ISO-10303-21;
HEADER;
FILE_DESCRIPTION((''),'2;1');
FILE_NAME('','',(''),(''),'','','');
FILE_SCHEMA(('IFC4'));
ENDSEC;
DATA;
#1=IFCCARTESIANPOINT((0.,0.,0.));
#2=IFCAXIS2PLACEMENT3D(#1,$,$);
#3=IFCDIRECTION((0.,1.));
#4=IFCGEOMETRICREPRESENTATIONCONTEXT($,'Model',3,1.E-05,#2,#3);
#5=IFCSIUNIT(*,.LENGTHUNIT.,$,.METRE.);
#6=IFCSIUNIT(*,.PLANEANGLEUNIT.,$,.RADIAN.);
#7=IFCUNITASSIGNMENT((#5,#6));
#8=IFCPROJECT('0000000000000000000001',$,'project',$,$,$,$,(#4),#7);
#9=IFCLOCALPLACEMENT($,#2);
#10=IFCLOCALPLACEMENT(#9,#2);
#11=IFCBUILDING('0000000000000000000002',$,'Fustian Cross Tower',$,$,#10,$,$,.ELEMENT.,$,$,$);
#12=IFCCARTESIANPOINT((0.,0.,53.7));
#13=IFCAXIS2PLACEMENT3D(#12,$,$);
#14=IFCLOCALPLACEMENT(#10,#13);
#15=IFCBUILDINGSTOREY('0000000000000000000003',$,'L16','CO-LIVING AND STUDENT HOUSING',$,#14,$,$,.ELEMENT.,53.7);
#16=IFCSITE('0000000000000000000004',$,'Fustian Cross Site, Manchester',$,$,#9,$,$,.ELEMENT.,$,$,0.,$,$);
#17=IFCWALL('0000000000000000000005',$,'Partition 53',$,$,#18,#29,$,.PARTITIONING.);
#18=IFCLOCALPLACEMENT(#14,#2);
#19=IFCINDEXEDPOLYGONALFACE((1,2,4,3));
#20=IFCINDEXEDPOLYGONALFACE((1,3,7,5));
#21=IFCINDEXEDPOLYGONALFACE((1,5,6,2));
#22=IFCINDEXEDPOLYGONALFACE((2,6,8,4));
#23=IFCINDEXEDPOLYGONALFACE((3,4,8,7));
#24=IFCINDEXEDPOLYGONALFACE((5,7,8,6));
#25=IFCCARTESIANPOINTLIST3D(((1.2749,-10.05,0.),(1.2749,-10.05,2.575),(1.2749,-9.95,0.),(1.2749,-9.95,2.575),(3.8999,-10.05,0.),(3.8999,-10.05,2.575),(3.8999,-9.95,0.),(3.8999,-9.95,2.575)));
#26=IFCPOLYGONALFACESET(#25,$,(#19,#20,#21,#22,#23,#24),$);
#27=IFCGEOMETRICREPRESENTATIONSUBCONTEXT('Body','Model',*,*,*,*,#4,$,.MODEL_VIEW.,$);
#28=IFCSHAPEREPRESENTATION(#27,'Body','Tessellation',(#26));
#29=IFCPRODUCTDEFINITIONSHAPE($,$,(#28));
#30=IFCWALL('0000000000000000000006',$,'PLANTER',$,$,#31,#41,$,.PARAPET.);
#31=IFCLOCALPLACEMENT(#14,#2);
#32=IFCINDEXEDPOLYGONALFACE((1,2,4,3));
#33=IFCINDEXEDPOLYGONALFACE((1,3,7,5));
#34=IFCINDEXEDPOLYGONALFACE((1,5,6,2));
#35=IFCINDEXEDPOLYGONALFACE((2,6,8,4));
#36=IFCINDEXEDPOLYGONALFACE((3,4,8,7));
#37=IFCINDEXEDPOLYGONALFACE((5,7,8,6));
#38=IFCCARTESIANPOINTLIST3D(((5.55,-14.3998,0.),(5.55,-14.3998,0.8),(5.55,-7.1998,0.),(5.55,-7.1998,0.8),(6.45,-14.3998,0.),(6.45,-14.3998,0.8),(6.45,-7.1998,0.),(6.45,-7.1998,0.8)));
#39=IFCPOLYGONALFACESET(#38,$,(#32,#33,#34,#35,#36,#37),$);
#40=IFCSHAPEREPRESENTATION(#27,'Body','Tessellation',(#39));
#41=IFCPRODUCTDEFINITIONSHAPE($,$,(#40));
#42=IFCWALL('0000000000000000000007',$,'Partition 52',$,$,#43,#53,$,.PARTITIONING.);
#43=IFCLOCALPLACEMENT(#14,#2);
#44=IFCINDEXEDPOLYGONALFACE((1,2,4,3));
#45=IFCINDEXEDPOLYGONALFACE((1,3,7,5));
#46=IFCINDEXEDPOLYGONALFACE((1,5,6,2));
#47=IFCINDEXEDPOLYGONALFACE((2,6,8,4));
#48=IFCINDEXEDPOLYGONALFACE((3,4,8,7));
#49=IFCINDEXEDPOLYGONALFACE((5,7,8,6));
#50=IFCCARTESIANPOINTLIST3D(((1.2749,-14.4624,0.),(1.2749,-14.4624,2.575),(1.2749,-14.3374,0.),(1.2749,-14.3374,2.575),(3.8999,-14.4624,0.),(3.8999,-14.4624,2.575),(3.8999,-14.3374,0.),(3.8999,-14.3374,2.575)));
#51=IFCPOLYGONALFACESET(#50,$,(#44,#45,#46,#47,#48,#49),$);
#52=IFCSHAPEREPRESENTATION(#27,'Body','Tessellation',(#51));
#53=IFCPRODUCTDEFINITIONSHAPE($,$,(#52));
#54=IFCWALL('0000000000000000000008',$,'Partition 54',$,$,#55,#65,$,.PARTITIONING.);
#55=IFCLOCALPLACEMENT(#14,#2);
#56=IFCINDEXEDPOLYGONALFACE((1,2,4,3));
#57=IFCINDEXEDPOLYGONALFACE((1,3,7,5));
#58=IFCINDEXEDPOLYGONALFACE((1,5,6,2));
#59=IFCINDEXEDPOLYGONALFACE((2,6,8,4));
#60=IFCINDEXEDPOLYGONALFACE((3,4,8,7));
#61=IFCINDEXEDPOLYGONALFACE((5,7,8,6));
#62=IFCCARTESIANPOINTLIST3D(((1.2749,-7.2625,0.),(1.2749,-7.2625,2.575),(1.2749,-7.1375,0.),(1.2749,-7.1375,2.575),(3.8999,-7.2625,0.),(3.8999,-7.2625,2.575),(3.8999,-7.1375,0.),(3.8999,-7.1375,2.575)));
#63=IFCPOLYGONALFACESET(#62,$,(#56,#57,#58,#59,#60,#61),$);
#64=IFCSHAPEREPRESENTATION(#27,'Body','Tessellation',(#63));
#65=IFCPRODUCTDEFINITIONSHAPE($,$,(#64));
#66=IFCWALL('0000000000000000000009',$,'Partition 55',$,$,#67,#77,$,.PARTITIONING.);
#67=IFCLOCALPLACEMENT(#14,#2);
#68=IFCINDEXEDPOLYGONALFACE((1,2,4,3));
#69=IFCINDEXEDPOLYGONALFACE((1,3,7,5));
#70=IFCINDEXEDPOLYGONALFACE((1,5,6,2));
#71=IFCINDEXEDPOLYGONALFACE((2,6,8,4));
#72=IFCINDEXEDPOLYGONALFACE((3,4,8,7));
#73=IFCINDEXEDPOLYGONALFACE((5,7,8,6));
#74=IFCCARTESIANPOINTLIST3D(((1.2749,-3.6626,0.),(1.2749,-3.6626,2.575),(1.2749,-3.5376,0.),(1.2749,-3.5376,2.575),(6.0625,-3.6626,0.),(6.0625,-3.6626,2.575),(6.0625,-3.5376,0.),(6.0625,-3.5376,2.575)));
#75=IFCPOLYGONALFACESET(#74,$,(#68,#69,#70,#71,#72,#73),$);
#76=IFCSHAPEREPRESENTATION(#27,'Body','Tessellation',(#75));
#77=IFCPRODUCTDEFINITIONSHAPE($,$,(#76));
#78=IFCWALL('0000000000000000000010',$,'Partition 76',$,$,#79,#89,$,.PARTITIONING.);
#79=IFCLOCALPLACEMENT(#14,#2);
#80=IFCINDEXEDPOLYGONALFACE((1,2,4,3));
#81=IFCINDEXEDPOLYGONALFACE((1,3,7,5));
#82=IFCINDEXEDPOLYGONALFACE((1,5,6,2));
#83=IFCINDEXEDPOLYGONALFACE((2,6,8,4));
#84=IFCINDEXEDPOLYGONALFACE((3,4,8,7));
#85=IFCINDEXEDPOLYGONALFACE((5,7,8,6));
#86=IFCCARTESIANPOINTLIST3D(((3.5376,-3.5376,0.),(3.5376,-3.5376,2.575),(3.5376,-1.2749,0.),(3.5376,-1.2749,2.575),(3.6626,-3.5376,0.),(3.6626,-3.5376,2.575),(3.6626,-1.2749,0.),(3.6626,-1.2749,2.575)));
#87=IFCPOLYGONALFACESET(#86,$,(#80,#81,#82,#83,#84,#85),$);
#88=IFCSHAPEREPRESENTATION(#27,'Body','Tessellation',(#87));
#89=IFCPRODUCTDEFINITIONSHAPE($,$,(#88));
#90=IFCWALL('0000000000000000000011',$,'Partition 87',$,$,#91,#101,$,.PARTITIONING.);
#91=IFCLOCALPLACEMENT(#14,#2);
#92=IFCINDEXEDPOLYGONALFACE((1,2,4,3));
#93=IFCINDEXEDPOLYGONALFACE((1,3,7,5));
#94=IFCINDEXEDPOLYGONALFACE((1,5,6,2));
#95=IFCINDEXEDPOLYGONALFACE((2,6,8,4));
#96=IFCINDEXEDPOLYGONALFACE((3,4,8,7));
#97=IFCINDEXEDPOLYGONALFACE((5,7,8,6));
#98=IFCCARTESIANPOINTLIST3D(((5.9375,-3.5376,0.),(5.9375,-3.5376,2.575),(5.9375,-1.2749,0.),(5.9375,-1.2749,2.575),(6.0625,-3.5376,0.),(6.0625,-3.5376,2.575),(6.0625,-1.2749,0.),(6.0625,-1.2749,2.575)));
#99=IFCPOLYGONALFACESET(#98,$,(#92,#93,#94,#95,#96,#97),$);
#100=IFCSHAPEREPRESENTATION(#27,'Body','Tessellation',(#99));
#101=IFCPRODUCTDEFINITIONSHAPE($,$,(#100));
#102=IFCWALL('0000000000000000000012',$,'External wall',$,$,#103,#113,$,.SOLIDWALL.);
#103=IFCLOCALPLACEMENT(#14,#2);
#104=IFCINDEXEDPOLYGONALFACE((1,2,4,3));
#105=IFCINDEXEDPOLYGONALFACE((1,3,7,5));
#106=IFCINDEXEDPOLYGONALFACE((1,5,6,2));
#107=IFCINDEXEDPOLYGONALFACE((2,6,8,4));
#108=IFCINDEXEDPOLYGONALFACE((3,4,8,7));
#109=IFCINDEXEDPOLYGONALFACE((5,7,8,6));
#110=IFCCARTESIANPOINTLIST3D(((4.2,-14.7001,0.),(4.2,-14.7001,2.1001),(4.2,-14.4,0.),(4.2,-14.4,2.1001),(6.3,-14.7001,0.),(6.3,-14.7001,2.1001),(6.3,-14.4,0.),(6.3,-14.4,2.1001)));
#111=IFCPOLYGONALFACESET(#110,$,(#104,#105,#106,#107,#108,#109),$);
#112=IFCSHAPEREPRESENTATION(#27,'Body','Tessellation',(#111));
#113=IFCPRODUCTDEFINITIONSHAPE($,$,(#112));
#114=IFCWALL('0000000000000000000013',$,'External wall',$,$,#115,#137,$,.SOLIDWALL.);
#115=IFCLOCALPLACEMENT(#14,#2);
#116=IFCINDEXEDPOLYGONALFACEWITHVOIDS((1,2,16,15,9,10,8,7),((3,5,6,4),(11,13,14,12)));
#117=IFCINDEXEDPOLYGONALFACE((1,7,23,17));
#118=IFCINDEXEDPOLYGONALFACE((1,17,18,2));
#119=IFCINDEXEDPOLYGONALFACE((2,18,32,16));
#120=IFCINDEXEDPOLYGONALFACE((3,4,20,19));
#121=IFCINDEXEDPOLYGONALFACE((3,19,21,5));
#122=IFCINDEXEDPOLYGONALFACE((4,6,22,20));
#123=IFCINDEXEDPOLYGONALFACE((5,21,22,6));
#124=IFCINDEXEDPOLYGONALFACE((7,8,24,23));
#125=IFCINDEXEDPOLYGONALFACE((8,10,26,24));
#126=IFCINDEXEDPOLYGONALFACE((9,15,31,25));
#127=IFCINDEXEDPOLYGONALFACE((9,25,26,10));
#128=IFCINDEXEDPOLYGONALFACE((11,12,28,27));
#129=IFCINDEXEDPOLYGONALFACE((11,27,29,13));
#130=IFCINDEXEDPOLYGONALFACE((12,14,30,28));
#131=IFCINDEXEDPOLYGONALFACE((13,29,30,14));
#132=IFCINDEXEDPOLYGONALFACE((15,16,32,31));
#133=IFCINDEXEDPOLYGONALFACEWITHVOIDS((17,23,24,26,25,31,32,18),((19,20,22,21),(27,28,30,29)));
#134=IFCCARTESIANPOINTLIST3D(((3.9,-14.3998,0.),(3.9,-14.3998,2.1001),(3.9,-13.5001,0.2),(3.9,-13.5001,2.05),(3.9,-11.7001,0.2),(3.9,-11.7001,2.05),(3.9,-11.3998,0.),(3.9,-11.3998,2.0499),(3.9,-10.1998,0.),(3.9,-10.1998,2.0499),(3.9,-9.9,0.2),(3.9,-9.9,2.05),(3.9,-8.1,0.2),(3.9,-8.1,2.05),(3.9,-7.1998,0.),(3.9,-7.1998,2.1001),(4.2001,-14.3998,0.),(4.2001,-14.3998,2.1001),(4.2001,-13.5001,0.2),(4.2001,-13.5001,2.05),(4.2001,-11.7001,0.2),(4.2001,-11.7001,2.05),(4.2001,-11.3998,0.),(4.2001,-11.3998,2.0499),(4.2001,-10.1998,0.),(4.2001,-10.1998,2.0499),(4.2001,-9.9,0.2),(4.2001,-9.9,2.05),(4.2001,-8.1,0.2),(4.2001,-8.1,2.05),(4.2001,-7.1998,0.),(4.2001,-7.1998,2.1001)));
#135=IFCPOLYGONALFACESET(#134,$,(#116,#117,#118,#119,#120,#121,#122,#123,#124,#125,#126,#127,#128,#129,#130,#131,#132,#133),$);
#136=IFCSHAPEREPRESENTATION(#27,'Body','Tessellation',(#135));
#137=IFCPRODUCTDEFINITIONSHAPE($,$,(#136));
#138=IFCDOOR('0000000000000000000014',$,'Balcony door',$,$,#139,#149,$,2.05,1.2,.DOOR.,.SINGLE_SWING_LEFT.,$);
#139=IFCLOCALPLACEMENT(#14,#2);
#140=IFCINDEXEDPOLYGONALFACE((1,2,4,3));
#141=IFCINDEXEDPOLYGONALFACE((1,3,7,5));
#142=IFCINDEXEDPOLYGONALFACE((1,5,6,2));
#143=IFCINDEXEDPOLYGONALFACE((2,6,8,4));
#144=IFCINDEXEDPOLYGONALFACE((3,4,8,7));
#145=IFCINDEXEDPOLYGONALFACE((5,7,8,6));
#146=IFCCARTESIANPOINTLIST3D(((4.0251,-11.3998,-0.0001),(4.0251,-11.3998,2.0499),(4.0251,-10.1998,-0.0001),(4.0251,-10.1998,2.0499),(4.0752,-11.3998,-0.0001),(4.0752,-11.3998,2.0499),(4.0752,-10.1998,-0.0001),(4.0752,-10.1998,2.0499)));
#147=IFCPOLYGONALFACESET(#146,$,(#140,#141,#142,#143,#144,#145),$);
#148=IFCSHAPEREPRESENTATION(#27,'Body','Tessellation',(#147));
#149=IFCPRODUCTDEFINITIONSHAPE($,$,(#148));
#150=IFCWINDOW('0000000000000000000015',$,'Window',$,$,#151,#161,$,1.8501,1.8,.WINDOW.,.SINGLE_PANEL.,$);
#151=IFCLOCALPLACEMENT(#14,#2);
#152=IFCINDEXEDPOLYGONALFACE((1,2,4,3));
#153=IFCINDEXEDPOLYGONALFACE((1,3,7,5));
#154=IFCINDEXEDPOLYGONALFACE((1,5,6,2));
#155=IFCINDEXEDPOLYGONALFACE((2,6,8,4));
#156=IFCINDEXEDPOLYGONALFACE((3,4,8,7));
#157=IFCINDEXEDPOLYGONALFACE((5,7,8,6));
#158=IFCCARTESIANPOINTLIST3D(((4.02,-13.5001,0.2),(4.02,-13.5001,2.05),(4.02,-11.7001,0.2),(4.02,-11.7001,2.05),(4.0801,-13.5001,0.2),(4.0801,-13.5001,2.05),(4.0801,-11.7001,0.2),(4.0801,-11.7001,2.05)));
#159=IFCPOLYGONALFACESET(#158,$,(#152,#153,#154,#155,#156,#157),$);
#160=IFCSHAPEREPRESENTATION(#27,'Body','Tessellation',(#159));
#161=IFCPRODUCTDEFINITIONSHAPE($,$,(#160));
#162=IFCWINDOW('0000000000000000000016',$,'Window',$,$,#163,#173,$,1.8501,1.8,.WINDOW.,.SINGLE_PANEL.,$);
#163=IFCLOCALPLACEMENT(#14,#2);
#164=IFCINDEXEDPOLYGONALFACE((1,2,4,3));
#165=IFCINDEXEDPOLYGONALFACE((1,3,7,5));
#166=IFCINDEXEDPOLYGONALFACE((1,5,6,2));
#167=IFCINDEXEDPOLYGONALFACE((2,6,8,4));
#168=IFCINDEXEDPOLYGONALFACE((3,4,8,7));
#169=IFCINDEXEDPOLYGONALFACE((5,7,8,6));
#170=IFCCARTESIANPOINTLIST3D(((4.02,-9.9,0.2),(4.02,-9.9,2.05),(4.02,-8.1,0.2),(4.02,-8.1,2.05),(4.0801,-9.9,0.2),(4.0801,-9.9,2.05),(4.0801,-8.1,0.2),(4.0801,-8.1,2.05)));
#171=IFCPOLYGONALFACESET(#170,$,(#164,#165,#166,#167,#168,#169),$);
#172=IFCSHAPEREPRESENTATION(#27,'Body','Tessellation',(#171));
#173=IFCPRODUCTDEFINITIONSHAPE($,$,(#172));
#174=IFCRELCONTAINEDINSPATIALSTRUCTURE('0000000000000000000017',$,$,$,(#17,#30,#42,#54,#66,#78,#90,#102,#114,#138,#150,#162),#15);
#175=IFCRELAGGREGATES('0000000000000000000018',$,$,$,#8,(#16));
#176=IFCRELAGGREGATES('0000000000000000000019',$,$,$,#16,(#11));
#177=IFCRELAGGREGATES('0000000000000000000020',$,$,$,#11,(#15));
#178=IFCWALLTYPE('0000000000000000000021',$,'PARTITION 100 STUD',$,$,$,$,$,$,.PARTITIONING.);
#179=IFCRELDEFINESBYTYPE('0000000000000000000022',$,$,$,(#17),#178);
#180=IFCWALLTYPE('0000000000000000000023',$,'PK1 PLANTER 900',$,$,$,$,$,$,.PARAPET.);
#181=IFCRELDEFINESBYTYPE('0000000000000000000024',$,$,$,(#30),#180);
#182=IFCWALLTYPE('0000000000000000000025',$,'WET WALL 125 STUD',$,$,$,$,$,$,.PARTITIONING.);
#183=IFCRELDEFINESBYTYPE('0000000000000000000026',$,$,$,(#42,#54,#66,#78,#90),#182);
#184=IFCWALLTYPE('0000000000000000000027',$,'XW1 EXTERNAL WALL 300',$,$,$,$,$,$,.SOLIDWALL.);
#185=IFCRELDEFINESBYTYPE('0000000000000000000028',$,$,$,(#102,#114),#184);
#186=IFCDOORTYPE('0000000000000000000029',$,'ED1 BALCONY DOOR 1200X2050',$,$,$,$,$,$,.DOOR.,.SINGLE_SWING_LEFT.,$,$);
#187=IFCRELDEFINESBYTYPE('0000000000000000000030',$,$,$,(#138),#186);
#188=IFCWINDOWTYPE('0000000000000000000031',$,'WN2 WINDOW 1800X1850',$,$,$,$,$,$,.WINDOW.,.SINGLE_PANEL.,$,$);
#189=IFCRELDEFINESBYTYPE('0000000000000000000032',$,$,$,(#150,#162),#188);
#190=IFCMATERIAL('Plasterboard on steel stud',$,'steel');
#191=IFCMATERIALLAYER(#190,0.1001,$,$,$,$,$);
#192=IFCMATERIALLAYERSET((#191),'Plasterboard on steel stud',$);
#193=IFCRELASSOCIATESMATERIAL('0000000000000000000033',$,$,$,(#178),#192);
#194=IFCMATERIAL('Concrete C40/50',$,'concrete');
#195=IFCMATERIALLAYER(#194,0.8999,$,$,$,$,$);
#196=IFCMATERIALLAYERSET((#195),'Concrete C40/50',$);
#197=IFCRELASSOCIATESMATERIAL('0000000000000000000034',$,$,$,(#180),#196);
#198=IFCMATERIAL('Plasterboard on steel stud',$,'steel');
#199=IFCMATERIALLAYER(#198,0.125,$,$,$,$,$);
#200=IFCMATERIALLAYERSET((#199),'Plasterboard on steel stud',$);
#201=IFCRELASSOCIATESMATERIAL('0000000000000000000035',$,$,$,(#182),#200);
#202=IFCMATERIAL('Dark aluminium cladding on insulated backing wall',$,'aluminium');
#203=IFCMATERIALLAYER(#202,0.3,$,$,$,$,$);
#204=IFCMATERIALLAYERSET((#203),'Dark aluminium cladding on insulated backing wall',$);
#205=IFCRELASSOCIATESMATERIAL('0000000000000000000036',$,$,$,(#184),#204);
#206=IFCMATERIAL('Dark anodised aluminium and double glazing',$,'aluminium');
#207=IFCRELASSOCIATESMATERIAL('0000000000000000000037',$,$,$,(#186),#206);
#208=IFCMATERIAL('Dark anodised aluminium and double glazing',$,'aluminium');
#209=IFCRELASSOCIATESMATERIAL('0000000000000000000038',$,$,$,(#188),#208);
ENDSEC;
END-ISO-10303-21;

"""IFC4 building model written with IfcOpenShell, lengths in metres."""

from ifc_helpers import new_model, si_unit, direction, frame, frame_2d, origin, place, context, subcontext, project, spatial, rectangle, extrude, material, layer, layer_set, type_object, element, fill, save


model = new_model("IFC4")

# Units and contexts
model_context = context("Model", 3, precision=1e-05, world=origin(), true_north=direction((0.0, 1.0)))
body_context = subcontext(model_context, "Body", "Model", "MODEL_VIEW")
ifc_project = project(units=[si_unit("LENGTHUNIT", "METRE"), si_unit("PLANEANGLEUNIT", "RADIAN")], contexts=[model_context])

# Site, building, storey
site_placement = place(None, origin())
site = spatial("IfcSite", under=ifc_project, at=site_placement, Name="Fustian Cross Site, Manchester", CompositionType="ELEMENT", RefElevation=0.0)
building_placement = place(site_placement, origin())
building = spatial("IfcBuilding", under=site, at=building_placement, Name="Fustian Cross Tower", CompositionType="ELEMENT")
storey_placement = place(building_placement, frame((0.0, 0.0, 53.7)))
storey = spatial("IfcBuildingStorey", under=building, at=storey_placement, Name="L16", Description="CO-LIVING AND STUDENT HOUSING", CompositionType="ELEMENT", Elevation=53.7)

# Walls
ifc_material_1 = material(Name="Plasterboard on steel stud", Category="steel")
ifc_layer_1 = layer(ifc_material_1, 0.1001)
ifc_layer_set_1 = layer_set([ifc_layer_1], Name="Plasterboard on steel stud")
wall_type_1 = type_object("IfcWallType", Name="PARTITION 100 STUD", PredefinedType="PARTITIONING", material=ifc_layer_set_1)
wall_1_placement = place(storey_placement, frame((1.2749, -10.0, 0.0), z_axis=(0.0, 0.0, 1.0), x_axis=(1.0, 0.0, 0.0)))
element("IfcWall", 1, at=wall_1_placement, inside=storey, type_object=wall_type_1, Name="Partition 53", PredefinedType="PARTITIONING", context=body_context, shape_type="SweptSolid", body=[
    extrude(rectangle(XDim=2.625, YDim=0.1001, at=frame_2d((1.3125, 0.0))), origin(), (0.0, 0.0, 1.0), 2.575),
])
ifc_material_2 = material(Name="Concrete C40/50", Category="concrete")
ifc_layer_2 = layer(ifc_material_2, 0.8999)
ifc_layer_set_2 = layer_set([ifc_layer_2], Name="Concrete C40/50")
wall_type_2 = type_object("IfcWallType", Name="PK1 PLANTER 900", PredefinedType="PARAPET", material=ifc_layer_set_2)
wall_2_placement = place(storey_placement, frame((6.0, -14.3999, 0.0), z_axis=(0.0, 0.0, 1.0), x_axis=(0.0, 1.0, 0.0)))
element("IfcWall", 2, at=wall_2_placement, inside=storey, type_object=wall_type_2, Name="PLANTER", PredefinedType="PARAPET", context=body_context, shape_type="SweptSolid", body=[
    extrude(rectangle(XDim=7.2, YDim=0.8999, at=frame_2d((3.6001, 0.0))), origin(), (0.0, 0.0, 1.0), 0.8),
])
ifc_material_3 = material(Name="Plasterboard on steel stud", Category="steel")
ifc_layer_3 = layer(ifc_material_3, 0.125)
ifc_layer_set_3 = layer_set([ifc_layer_3], Name="Plasterboard on steel stud")
wall_type_3 = type_object("IfcWallType", Name="WET WALL 125 STUD", PredefinedType="PARTITIONING", material=ifc_layer_set_3)
for number, where, z_axis, x_axis, name in (
    (3, (1.2749, -14.3999, 0.0), (0.0, 0.0, 1.0), (1.0, 0.0, 0.0), "Partition 52"),
    (4, (1.2749, -7.2, 0.0), (0.0, 0.0, 1.0), (1.0, 0.0, 0.0), "Partition 54"),
):
    element("IfcWall", number, at=place(storey_placement, frame(where, z_axis=z_axis, x_axis=x_axis)), inside=storey, type_object=wall_type_3, Name=name, PredefinedType="PARTITIONING", context=body_context, shape_type="SweptSolid", body=[
        extrude(rectangle(XDim=2.625, YDim=0.125, at=frame_2d((1.3125, 0.0))), origin(), (0.0, 0.0, 1.0), 2.575),
    ])
wall_3_placement = place(storey_placement, frame((1.2749, -3.6001, 0.0), z_axis=(0.0, 0.0, 1.0), x_axis=(1.0, 0.0, 0.0)))
element("IfcWall", 5, at=wall_3_placement, inside=storey, type_object=wall_type_3, Name="Partition 55", PredefinedType="PARTITIONING", context=body_context, shape_type="SweptSolid", body=[
    extrude(rectangle(XDim=4.7876, YDim=0.125, at=frame_2d((2.3938, 0.0))), origin(), (0.0, 0.0, 1.0), 2.575),
])
for number, where, z_axis, x_axis, name in (
    (6, (3.6001, -3.5376, 0.0), (0.0, 0.0, 1.0), (0.0, 1.0, 0.0), "Partition 76"),
    (7, (6.0, -3.5376, 0.0), (0.0, 0.0, 1.0), (0.0, 1.0, 0.0), "Partition 87"),
):
    element("IfcWall", number, at=place(storey_placement, frame(where, z_axis=z_axis, x_axis=x_axis)), inside=storey, type_object=wall_type_3, Name=name, PredefinedType="PARTITIONING", context=body_context, shape_type="SweptSolid", body=[
        extrude(rectangle(XDim=2.2627, YDim=0.125, at=frame_2d((1.1313, 0.0))), origin(), (0.0, 0.0, 1.0), 2.575),
    ])
ifc_material_4 = material(Name="Dark aluminium cladding on insulated backing wall", Category="aluminium")
ifc_layer_4 = layer(ifc_material_4, 0.3)
ifc_layer_set_4 = layer_set([ifc_layer_4], Name="Dark aluminium cladding on insulated backing wall")
wall_type_4 = type_object("IfcWallType", Name="XW1 EXTERNAL WALL 300", PredefinedType="SOLIDWALL", material=ifc_layer_set_4)
wall_4_placement = place(storey_placement, frame((6.3, -14.55, 0.0), z_axis=(0.0, 0.0, 1.0), x_axis=(-1.0, 0.0, 0.0)))
element("IfcWall", 8, at=wall_4_placement, inside=storey, type_object=wall_type_4, Name="External wall", PredefinedType="SOLIDWALL", context=body_context, shape_type="SweptSolid", body=[
    extrude(rectangle(XDim=2.1001, YDim=0.3, at=frame_2d((1.05, 0.0))), origin(), (0.0, 0.0, 1.0), 2.1001),
])

# Wall, openings, door, windows
wall_5_placement = place(storey_placement, frame((4.05, -14.3999, 0.0), z_axis=(0.0, 0.0, 1.0), x_axis=(0.0, 1.0, 0.0)))
wall_5 = element("IfcWall", 9, at=wall_5_placement, inside=storey, type_object=wall_type_4, Name="External wall", PredefinedType="SOLIDWALL", context=body_context, shape_type="SweptSolid", body=[
    extrude(rectangle(XDim=7.2, YDim=0.3, at=frame_2d((3.6001, 0.0))), origin(), (0.0, 0.0, 1.0), 2.1001),
])
opening_1_placement = place(wall_5_placement, frame((3.0, 0.0, 0.0)))
opening_1 = element("IfcOpeningElement", 10, at=opening_1_placement, cuts=wall_5, PredefinedType="OPENING", context=body_context, shape_type="SweptSolid", body=[
    extrude(rectangle(XDim=1.2, YDim=2.05, at=frame_2d((0.6001, 1.0249))), frame((0.0, 0.1599, 0.0), z_axis=(0.0, -1.0, 0.0), x_axis=(1.0, 0.0, 0.0)), (0.0, 0.0, 1.0), 0.3201),
])
opening_2_placement = place(wall_5_placement, frame((0.8999, 0.0, 0.2)))
opening_2 = element("IfcOpeningElement", 11, at=opening_2_placement, cuts=wall_5, PredefinedType="OPENING", context=body_context, shape_type="SweptSolid", body=[
    extrude(rectangle(XDim=1.8, YDim=1.8501, at=frame_2d((0.8999, 0.925))), frame((0.0, 0.1599, 0.0), z_axis=(0.0, -1.0, 0.0), x_axis=(1.0, 0.0, 0.0)), (0.0, 0.0, 1.0), 0.3201),
])
opening_3_placement = place(wall_5_placement, frame((4.5, 0.0, 0.2)))
opening_3 = element("IfcOpeningElement", 12, at=opening_3_placement, cuts=wall_5, PredefinedType="OPENING", context=body_context, shape_type="SweptSolid", body=[
    extrude(rectangle(XDim=1.8, YDim=1.8501, at=frame_2d((0.8999, 0.925))), frame((0.0, 0.1599, 0.0), z_axis=(0.0, -1.0, 0.0), x_axis=(1.0, 0.0, 0.0)), (0.0, 0.0, 1.0), 0.3201),
])
ifc_material_5 = material(Name="Dark anodised aluminium and double glazing", Category="aluminium")
door_type_1 = type_object("IfcDoorType", Name="ED1 BALCONY DOOR 1200X2050", OperationType="SINGLE_SWING_LEFT", PredefinedType="DOOR", material=ifc_material_5)
door_1_placement = place(opening_1_placement, origin())
door_1 = element("IfcDoor", 13, at=door_1_placement, inside=storey, type_object=door_type_1, Name="Balcony door", OperationType="SINGLE_SWING_LEFT", OverallHeight=2.05, OverallWidth=1.2, PredefinedType="DOOR", context=body_context, shape_type="SweptSolid", body=[
    extrude(rectangle(XDim=1.2, YDim=2.05, at=frame_2d((0.6001, 1.0249))), frame((0.0, 0.0249, 0.0), z_axis=(0.0, -1.0, 0.0), x_axis=(1.0, 0.0, 0.0)), (0.0, 0.0, 1.0), 0.05),
])
fill(opening_1, door_1)
ifc_material_6 = material(Name="Dark anodised aluminium and double glazing", Category="aluminium")
window_type = type_object("IfcWindowType", Name="WN2 WINDOW 1800X1850", PartitioningType="SINGLE_PANEL", PredefinedType="WINDOW", material=ifc_material_6)
window_1_placement = place(opening_2_placement, origin())
window_1 = element("IfcWindow", 14, at=window_1_placement, inside=storey, type_object=window_type, Name="Window", OverallHeight=1.8501, OverallWidth=1.8, PartitioningType="SINGLE_PANEL", PredefinedType="WINDOW", context=body_context, shape_type="SweptSolid", body=[
    extrude(rectangle(XDim=1.8, YDim=1.8501, at=frame_2d((0.8999, 0.925))), frame((0.0, 0.03, 0.0), z_axis=(0.0, -1.0, 0.0), x_axis=(1.0, 0.0, 0.0)), (0.0, 0.0, 1.0), 0.0601),
])
fill(opening_2, window_1)
window_2_placement = place(opening_3_placement, origin())
window_2 = element("IfcWindow", 15, at=window_2_placement, inside=storey, type_object=window_type, Name="Window", OverallHeight=1.8501, OverallWidth=1.8, PartitioningType="SINGLE_PANEL", PredefinedType="WINDOW", context=body_context, shape_type="SweptSolid", body=[
    extrude(rectangle(XDim=1.8, YDim=1.8501, at=frame_2d((0.8999, 0.925))), frame((0.0, 0.03, 0.0), z_axis=(0.0, -1.0, 0.0), x_axis=(1.0, 0.0, 0.0)), (0.0, 0.0, 1.0), 0.0601),
])
fill(opening_3, window_2)

save(model, "model.ifc")
